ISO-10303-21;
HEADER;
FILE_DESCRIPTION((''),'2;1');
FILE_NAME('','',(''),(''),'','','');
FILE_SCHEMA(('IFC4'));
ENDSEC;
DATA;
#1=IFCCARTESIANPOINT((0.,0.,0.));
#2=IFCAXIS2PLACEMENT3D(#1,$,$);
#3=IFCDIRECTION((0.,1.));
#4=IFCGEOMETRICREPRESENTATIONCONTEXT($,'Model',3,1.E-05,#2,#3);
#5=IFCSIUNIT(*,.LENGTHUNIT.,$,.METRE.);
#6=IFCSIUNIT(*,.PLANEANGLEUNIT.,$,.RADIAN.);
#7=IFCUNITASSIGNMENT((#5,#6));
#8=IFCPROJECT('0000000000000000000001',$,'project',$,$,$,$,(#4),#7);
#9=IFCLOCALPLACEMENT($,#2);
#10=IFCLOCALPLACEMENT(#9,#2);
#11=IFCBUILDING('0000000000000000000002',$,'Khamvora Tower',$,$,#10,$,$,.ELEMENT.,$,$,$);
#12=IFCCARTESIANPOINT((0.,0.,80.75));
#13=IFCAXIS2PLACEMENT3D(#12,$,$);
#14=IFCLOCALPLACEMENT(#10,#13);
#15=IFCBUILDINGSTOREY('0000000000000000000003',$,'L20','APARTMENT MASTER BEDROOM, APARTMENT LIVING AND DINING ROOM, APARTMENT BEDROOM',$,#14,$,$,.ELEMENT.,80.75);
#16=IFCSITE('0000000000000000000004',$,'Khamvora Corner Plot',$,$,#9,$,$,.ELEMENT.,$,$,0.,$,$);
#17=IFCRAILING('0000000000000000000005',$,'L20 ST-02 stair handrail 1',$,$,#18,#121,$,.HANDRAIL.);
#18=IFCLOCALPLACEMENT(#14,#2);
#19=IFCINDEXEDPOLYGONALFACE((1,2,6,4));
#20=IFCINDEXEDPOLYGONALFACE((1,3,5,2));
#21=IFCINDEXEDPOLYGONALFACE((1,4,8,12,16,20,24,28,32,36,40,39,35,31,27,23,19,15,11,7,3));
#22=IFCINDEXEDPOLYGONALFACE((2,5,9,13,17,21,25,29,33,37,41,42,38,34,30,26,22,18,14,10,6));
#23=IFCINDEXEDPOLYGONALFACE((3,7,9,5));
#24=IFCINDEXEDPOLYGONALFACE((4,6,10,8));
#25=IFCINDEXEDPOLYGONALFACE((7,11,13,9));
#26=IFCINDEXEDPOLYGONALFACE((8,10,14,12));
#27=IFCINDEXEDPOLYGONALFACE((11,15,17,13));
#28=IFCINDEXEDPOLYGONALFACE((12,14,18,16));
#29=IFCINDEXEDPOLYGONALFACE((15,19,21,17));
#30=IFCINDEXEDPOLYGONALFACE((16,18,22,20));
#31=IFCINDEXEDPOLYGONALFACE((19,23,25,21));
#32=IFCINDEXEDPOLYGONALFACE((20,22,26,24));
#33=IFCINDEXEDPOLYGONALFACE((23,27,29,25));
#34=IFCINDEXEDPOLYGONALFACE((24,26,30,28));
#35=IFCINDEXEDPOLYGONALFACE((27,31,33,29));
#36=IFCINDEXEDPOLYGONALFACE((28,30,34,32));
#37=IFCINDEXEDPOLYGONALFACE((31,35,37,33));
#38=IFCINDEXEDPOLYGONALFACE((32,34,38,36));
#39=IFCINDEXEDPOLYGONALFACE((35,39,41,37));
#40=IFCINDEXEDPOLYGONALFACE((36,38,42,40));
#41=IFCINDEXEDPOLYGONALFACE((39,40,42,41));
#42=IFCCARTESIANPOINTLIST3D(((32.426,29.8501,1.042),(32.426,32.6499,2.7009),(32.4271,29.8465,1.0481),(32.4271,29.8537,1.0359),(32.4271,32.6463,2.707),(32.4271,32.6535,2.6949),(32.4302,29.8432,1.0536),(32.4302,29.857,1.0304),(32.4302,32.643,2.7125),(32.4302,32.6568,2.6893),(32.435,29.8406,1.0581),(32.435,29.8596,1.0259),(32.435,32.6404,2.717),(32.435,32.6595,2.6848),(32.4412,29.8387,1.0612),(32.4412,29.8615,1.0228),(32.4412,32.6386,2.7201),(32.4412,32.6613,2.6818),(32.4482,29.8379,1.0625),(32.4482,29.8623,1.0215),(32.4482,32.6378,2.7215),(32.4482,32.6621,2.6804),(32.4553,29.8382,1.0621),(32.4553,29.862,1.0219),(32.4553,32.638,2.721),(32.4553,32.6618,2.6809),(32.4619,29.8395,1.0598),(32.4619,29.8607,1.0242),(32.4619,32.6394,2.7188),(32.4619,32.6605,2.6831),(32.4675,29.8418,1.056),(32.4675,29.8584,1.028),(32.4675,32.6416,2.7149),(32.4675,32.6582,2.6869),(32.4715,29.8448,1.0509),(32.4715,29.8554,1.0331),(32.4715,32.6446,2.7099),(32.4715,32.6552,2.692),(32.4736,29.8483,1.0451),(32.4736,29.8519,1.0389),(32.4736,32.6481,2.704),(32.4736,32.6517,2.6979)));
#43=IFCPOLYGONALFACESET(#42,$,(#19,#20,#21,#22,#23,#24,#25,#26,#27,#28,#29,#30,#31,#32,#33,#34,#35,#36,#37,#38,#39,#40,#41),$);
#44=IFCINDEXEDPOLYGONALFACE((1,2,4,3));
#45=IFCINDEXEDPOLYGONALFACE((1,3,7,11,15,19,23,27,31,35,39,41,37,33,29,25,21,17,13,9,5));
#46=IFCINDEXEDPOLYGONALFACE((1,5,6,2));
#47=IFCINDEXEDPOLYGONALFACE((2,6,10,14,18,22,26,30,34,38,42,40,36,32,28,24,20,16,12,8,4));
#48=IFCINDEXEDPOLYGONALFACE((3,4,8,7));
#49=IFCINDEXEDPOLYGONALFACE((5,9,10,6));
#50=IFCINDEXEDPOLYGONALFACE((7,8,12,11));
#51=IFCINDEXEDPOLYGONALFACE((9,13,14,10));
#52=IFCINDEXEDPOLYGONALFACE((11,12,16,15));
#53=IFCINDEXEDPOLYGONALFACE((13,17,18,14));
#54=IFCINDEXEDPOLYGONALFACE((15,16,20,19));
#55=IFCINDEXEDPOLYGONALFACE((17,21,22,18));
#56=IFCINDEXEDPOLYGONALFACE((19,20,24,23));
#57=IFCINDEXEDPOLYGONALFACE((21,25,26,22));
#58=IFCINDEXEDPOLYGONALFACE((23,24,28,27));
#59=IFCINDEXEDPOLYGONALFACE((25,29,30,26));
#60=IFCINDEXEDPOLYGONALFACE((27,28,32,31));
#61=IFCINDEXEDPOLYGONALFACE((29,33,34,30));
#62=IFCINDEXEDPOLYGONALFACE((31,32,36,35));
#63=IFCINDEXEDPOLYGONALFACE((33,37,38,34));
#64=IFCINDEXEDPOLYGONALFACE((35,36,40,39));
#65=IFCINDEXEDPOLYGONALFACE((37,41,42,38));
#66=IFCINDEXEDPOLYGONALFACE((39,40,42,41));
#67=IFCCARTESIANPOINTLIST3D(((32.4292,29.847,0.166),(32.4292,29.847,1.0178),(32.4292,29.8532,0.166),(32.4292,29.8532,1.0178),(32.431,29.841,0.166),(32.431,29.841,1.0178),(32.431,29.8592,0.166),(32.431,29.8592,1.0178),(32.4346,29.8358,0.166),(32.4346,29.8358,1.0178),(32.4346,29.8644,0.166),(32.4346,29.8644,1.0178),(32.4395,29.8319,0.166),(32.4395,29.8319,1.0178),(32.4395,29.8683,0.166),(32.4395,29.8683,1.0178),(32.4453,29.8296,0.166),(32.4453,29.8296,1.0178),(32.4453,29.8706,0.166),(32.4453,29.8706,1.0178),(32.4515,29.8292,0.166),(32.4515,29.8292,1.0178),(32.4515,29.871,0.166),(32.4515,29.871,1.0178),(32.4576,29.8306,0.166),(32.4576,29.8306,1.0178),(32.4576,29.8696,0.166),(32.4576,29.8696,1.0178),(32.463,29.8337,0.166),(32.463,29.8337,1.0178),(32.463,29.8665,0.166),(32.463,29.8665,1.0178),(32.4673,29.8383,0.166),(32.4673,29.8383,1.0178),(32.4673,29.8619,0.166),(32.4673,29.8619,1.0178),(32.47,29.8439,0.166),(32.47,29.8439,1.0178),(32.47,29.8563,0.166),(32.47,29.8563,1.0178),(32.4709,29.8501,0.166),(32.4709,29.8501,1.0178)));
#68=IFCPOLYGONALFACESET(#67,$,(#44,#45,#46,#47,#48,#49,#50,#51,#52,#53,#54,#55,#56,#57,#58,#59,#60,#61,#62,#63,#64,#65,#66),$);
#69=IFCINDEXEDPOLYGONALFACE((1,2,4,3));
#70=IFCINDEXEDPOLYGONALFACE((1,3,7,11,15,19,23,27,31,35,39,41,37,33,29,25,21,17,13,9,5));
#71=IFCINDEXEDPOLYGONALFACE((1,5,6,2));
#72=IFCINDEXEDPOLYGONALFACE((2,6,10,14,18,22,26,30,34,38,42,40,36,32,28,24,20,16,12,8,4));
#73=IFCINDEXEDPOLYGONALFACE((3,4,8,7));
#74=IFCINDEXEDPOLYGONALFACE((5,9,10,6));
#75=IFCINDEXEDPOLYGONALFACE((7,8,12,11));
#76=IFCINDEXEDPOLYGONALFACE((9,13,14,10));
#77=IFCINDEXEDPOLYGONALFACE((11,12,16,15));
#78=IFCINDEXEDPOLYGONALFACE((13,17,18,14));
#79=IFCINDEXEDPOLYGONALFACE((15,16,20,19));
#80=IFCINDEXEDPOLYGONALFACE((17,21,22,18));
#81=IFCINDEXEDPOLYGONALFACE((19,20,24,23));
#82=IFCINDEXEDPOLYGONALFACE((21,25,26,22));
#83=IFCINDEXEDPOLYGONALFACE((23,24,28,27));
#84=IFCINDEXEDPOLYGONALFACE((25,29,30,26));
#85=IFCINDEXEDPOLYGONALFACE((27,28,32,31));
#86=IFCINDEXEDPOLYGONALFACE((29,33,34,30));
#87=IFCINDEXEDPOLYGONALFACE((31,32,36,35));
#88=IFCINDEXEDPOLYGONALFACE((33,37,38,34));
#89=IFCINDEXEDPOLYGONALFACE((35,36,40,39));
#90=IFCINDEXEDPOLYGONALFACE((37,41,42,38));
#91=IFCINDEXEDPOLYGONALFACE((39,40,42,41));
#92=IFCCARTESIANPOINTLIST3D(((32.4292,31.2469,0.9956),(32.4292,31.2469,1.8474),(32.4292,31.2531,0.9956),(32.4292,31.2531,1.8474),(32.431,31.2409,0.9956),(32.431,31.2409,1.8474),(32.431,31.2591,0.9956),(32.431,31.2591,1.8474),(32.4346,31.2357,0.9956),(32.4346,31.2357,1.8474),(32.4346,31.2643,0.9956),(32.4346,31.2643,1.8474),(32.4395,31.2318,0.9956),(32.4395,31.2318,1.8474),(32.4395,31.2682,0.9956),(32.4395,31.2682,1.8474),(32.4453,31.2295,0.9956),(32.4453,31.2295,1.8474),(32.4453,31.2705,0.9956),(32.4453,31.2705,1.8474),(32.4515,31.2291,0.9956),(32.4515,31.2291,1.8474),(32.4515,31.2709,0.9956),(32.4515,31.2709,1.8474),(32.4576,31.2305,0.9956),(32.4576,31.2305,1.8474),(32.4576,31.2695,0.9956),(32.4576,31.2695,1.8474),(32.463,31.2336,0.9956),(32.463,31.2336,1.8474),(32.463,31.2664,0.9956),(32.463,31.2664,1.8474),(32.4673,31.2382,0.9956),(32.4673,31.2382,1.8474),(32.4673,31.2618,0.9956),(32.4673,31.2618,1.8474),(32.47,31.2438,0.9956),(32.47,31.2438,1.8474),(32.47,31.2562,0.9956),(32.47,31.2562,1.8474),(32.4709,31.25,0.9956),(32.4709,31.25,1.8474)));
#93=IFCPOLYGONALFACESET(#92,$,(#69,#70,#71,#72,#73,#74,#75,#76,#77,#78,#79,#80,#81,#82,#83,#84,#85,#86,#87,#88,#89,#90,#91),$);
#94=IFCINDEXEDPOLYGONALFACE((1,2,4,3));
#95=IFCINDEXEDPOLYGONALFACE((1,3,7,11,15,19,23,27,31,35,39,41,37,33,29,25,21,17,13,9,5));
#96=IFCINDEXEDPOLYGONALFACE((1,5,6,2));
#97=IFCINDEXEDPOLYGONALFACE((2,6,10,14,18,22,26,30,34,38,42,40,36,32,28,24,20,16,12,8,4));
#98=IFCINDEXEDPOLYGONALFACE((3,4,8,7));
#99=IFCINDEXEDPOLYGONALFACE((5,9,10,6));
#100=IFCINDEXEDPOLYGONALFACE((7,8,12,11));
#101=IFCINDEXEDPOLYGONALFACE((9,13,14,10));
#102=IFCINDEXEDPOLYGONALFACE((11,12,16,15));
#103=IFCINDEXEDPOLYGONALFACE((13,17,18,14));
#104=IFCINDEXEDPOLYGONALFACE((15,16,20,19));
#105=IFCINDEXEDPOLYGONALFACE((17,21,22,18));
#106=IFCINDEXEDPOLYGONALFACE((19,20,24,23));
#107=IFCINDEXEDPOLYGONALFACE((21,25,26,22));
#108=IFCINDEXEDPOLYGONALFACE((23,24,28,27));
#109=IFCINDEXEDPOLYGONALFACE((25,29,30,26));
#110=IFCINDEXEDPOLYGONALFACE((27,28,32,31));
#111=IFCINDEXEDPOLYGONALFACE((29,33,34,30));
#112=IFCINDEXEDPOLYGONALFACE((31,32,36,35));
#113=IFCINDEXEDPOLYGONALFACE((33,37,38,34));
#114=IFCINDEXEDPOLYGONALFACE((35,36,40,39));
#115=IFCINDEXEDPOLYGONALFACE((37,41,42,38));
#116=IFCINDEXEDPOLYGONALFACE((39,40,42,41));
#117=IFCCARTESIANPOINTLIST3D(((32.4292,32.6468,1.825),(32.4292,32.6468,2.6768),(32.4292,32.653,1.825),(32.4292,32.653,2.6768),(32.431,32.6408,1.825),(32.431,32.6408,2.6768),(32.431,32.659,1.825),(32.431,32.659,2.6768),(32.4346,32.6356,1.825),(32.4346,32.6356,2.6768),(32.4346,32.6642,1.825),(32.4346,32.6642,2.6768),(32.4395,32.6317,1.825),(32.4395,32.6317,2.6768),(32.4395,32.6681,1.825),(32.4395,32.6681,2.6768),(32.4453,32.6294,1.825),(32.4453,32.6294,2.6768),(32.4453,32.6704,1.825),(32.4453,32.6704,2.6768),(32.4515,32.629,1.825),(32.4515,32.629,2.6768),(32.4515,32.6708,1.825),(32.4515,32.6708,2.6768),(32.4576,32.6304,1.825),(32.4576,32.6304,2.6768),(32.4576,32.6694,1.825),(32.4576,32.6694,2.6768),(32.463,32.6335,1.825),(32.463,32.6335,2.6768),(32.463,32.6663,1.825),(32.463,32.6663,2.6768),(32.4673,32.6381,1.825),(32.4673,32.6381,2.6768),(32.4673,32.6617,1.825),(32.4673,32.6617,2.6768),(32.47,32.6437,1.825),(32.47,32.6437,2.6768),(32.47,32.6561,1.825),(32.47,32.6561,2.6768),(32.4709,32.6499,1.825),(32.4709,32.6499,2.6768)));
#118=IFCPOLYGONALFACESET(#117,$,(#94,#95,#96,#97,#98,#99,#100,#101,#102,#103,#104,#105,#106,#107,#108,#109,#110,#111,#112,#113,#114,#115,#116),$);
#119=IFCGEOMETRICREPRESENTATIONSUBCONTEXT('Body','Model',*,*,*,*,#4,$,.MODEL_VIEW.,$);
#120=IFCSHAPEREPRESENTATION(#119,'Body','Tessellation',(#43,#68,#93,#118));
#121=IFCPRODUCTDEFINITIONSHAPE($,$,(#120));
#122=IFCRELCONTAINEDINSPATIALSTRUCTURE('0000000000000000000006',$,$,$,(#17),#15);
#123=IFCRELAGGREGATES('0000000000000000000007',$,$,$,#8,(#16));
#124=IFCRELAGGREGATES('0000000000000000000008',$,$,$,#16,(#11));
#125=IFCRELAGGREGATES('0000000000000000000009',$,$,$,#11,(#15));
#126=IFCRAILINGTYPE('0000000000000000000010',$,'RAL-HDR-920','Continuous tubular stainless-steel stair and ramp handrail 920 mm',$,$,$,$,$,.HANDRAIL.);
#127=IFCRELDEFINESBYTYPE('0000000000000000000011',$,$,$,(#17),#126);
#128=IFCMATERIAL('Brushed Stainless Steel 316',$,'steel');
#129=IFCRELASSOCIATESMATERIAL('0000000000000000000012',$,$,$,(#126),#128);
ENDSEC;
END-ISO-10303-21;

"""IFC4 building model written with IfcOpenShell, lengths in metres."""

from ifc_helpers import new_model, si_unit, direction, frame, origin, origin_2d, place, context, subcontext, project, spatial, circle, extrude, material, type_object, element, save


model = new_model("IFC4")

# Units and contexts
model_context = context("Model", 3, precision=1e-05, world=origin(), true_north=direction((0.0, 1.0)))
body_context = subcontext(model_context, "Body", "Model", "MODEL_VIEW")
ifc_project = project(units=[si_unit("LENGTHUNIT", "METRE"), si_unit("PLANEANGLEUNIT", "RADIAN")], contexts=[model_context])

# Site, building, storey
site_placement = place(None, origin())
site = spatial("IfcSite", under=ifc_project, at=site_placement, Name="Khamvora Corner Plot", CompositionType="ELEMENT", RefElevation=0.0)
building_placement = place(site_placement, origin())
building = spatial("IfcBuilding", under=site, at=building_placement, Name="Khamvora Tower", CompositionType="ELEMENT")
storey_placement = place(building_placement, frame((0.0, 0.0, 80.75)))
storey = spatial("IfcBuildingStorey", under=building, at=storey_placement, Name="L20", Description="APARTMENT MASTER BEDROOM, APARTMENT LIVING AND DINING ROOM, APARTMENT BEDROOM", CompositionType="ELEMENT", Elevation=80.75)

# Railing
ifc_material_1 = material(Name="Brushed Stainless Steel 316", Category="steel")
railing_type_1 = type_object("IfcRailingType", Name="RAL-HDR-920", Description="Continuous tubular stainless-steel stair and ramp handrail 920 mm", PredefinedType="HANDRAIL", material=ifc_material_1)
railing_1_placement = place(storey_placement, frame((32.45, 29.8501, 0.166)))
element("IfcRailing", 1, at=railing_1_placement, inside=storey, type_object=railing_type_1, Name="L20 ST-02 stair handrail 1", PredefinedType="HANDRAIL", context=body_context, shape_type="SweptSolid", body=[
    extrude(circle(Radius=0.0239, at=origin_2d()), frame((0.0, 0.0, 0.876), z_axis=(0.0, 0.86032, 0.509755), x_axis=(-1.0, 0.0, 0.0)), (0.0, 0.0, 1.0), 3.2544),
    extrude(circle(Radius=0.021, at=origin_2d()), origin(), (0.0, 0.0, 1.0), 0.8518),
    extrude(circle(Radius=0.021, at=origin_2d()), frame((0.0, 1.3999, 0.8296)), (0.0, 0.0, 1.0), 0.8518),
    extrude(circle(Radius=0.021, at=origin_2d()), frame((0.0, 2.7998, 1.6589)), (0.0, 0.0, 1.0), 0.8518),
])

save(model, "model.ifc")
